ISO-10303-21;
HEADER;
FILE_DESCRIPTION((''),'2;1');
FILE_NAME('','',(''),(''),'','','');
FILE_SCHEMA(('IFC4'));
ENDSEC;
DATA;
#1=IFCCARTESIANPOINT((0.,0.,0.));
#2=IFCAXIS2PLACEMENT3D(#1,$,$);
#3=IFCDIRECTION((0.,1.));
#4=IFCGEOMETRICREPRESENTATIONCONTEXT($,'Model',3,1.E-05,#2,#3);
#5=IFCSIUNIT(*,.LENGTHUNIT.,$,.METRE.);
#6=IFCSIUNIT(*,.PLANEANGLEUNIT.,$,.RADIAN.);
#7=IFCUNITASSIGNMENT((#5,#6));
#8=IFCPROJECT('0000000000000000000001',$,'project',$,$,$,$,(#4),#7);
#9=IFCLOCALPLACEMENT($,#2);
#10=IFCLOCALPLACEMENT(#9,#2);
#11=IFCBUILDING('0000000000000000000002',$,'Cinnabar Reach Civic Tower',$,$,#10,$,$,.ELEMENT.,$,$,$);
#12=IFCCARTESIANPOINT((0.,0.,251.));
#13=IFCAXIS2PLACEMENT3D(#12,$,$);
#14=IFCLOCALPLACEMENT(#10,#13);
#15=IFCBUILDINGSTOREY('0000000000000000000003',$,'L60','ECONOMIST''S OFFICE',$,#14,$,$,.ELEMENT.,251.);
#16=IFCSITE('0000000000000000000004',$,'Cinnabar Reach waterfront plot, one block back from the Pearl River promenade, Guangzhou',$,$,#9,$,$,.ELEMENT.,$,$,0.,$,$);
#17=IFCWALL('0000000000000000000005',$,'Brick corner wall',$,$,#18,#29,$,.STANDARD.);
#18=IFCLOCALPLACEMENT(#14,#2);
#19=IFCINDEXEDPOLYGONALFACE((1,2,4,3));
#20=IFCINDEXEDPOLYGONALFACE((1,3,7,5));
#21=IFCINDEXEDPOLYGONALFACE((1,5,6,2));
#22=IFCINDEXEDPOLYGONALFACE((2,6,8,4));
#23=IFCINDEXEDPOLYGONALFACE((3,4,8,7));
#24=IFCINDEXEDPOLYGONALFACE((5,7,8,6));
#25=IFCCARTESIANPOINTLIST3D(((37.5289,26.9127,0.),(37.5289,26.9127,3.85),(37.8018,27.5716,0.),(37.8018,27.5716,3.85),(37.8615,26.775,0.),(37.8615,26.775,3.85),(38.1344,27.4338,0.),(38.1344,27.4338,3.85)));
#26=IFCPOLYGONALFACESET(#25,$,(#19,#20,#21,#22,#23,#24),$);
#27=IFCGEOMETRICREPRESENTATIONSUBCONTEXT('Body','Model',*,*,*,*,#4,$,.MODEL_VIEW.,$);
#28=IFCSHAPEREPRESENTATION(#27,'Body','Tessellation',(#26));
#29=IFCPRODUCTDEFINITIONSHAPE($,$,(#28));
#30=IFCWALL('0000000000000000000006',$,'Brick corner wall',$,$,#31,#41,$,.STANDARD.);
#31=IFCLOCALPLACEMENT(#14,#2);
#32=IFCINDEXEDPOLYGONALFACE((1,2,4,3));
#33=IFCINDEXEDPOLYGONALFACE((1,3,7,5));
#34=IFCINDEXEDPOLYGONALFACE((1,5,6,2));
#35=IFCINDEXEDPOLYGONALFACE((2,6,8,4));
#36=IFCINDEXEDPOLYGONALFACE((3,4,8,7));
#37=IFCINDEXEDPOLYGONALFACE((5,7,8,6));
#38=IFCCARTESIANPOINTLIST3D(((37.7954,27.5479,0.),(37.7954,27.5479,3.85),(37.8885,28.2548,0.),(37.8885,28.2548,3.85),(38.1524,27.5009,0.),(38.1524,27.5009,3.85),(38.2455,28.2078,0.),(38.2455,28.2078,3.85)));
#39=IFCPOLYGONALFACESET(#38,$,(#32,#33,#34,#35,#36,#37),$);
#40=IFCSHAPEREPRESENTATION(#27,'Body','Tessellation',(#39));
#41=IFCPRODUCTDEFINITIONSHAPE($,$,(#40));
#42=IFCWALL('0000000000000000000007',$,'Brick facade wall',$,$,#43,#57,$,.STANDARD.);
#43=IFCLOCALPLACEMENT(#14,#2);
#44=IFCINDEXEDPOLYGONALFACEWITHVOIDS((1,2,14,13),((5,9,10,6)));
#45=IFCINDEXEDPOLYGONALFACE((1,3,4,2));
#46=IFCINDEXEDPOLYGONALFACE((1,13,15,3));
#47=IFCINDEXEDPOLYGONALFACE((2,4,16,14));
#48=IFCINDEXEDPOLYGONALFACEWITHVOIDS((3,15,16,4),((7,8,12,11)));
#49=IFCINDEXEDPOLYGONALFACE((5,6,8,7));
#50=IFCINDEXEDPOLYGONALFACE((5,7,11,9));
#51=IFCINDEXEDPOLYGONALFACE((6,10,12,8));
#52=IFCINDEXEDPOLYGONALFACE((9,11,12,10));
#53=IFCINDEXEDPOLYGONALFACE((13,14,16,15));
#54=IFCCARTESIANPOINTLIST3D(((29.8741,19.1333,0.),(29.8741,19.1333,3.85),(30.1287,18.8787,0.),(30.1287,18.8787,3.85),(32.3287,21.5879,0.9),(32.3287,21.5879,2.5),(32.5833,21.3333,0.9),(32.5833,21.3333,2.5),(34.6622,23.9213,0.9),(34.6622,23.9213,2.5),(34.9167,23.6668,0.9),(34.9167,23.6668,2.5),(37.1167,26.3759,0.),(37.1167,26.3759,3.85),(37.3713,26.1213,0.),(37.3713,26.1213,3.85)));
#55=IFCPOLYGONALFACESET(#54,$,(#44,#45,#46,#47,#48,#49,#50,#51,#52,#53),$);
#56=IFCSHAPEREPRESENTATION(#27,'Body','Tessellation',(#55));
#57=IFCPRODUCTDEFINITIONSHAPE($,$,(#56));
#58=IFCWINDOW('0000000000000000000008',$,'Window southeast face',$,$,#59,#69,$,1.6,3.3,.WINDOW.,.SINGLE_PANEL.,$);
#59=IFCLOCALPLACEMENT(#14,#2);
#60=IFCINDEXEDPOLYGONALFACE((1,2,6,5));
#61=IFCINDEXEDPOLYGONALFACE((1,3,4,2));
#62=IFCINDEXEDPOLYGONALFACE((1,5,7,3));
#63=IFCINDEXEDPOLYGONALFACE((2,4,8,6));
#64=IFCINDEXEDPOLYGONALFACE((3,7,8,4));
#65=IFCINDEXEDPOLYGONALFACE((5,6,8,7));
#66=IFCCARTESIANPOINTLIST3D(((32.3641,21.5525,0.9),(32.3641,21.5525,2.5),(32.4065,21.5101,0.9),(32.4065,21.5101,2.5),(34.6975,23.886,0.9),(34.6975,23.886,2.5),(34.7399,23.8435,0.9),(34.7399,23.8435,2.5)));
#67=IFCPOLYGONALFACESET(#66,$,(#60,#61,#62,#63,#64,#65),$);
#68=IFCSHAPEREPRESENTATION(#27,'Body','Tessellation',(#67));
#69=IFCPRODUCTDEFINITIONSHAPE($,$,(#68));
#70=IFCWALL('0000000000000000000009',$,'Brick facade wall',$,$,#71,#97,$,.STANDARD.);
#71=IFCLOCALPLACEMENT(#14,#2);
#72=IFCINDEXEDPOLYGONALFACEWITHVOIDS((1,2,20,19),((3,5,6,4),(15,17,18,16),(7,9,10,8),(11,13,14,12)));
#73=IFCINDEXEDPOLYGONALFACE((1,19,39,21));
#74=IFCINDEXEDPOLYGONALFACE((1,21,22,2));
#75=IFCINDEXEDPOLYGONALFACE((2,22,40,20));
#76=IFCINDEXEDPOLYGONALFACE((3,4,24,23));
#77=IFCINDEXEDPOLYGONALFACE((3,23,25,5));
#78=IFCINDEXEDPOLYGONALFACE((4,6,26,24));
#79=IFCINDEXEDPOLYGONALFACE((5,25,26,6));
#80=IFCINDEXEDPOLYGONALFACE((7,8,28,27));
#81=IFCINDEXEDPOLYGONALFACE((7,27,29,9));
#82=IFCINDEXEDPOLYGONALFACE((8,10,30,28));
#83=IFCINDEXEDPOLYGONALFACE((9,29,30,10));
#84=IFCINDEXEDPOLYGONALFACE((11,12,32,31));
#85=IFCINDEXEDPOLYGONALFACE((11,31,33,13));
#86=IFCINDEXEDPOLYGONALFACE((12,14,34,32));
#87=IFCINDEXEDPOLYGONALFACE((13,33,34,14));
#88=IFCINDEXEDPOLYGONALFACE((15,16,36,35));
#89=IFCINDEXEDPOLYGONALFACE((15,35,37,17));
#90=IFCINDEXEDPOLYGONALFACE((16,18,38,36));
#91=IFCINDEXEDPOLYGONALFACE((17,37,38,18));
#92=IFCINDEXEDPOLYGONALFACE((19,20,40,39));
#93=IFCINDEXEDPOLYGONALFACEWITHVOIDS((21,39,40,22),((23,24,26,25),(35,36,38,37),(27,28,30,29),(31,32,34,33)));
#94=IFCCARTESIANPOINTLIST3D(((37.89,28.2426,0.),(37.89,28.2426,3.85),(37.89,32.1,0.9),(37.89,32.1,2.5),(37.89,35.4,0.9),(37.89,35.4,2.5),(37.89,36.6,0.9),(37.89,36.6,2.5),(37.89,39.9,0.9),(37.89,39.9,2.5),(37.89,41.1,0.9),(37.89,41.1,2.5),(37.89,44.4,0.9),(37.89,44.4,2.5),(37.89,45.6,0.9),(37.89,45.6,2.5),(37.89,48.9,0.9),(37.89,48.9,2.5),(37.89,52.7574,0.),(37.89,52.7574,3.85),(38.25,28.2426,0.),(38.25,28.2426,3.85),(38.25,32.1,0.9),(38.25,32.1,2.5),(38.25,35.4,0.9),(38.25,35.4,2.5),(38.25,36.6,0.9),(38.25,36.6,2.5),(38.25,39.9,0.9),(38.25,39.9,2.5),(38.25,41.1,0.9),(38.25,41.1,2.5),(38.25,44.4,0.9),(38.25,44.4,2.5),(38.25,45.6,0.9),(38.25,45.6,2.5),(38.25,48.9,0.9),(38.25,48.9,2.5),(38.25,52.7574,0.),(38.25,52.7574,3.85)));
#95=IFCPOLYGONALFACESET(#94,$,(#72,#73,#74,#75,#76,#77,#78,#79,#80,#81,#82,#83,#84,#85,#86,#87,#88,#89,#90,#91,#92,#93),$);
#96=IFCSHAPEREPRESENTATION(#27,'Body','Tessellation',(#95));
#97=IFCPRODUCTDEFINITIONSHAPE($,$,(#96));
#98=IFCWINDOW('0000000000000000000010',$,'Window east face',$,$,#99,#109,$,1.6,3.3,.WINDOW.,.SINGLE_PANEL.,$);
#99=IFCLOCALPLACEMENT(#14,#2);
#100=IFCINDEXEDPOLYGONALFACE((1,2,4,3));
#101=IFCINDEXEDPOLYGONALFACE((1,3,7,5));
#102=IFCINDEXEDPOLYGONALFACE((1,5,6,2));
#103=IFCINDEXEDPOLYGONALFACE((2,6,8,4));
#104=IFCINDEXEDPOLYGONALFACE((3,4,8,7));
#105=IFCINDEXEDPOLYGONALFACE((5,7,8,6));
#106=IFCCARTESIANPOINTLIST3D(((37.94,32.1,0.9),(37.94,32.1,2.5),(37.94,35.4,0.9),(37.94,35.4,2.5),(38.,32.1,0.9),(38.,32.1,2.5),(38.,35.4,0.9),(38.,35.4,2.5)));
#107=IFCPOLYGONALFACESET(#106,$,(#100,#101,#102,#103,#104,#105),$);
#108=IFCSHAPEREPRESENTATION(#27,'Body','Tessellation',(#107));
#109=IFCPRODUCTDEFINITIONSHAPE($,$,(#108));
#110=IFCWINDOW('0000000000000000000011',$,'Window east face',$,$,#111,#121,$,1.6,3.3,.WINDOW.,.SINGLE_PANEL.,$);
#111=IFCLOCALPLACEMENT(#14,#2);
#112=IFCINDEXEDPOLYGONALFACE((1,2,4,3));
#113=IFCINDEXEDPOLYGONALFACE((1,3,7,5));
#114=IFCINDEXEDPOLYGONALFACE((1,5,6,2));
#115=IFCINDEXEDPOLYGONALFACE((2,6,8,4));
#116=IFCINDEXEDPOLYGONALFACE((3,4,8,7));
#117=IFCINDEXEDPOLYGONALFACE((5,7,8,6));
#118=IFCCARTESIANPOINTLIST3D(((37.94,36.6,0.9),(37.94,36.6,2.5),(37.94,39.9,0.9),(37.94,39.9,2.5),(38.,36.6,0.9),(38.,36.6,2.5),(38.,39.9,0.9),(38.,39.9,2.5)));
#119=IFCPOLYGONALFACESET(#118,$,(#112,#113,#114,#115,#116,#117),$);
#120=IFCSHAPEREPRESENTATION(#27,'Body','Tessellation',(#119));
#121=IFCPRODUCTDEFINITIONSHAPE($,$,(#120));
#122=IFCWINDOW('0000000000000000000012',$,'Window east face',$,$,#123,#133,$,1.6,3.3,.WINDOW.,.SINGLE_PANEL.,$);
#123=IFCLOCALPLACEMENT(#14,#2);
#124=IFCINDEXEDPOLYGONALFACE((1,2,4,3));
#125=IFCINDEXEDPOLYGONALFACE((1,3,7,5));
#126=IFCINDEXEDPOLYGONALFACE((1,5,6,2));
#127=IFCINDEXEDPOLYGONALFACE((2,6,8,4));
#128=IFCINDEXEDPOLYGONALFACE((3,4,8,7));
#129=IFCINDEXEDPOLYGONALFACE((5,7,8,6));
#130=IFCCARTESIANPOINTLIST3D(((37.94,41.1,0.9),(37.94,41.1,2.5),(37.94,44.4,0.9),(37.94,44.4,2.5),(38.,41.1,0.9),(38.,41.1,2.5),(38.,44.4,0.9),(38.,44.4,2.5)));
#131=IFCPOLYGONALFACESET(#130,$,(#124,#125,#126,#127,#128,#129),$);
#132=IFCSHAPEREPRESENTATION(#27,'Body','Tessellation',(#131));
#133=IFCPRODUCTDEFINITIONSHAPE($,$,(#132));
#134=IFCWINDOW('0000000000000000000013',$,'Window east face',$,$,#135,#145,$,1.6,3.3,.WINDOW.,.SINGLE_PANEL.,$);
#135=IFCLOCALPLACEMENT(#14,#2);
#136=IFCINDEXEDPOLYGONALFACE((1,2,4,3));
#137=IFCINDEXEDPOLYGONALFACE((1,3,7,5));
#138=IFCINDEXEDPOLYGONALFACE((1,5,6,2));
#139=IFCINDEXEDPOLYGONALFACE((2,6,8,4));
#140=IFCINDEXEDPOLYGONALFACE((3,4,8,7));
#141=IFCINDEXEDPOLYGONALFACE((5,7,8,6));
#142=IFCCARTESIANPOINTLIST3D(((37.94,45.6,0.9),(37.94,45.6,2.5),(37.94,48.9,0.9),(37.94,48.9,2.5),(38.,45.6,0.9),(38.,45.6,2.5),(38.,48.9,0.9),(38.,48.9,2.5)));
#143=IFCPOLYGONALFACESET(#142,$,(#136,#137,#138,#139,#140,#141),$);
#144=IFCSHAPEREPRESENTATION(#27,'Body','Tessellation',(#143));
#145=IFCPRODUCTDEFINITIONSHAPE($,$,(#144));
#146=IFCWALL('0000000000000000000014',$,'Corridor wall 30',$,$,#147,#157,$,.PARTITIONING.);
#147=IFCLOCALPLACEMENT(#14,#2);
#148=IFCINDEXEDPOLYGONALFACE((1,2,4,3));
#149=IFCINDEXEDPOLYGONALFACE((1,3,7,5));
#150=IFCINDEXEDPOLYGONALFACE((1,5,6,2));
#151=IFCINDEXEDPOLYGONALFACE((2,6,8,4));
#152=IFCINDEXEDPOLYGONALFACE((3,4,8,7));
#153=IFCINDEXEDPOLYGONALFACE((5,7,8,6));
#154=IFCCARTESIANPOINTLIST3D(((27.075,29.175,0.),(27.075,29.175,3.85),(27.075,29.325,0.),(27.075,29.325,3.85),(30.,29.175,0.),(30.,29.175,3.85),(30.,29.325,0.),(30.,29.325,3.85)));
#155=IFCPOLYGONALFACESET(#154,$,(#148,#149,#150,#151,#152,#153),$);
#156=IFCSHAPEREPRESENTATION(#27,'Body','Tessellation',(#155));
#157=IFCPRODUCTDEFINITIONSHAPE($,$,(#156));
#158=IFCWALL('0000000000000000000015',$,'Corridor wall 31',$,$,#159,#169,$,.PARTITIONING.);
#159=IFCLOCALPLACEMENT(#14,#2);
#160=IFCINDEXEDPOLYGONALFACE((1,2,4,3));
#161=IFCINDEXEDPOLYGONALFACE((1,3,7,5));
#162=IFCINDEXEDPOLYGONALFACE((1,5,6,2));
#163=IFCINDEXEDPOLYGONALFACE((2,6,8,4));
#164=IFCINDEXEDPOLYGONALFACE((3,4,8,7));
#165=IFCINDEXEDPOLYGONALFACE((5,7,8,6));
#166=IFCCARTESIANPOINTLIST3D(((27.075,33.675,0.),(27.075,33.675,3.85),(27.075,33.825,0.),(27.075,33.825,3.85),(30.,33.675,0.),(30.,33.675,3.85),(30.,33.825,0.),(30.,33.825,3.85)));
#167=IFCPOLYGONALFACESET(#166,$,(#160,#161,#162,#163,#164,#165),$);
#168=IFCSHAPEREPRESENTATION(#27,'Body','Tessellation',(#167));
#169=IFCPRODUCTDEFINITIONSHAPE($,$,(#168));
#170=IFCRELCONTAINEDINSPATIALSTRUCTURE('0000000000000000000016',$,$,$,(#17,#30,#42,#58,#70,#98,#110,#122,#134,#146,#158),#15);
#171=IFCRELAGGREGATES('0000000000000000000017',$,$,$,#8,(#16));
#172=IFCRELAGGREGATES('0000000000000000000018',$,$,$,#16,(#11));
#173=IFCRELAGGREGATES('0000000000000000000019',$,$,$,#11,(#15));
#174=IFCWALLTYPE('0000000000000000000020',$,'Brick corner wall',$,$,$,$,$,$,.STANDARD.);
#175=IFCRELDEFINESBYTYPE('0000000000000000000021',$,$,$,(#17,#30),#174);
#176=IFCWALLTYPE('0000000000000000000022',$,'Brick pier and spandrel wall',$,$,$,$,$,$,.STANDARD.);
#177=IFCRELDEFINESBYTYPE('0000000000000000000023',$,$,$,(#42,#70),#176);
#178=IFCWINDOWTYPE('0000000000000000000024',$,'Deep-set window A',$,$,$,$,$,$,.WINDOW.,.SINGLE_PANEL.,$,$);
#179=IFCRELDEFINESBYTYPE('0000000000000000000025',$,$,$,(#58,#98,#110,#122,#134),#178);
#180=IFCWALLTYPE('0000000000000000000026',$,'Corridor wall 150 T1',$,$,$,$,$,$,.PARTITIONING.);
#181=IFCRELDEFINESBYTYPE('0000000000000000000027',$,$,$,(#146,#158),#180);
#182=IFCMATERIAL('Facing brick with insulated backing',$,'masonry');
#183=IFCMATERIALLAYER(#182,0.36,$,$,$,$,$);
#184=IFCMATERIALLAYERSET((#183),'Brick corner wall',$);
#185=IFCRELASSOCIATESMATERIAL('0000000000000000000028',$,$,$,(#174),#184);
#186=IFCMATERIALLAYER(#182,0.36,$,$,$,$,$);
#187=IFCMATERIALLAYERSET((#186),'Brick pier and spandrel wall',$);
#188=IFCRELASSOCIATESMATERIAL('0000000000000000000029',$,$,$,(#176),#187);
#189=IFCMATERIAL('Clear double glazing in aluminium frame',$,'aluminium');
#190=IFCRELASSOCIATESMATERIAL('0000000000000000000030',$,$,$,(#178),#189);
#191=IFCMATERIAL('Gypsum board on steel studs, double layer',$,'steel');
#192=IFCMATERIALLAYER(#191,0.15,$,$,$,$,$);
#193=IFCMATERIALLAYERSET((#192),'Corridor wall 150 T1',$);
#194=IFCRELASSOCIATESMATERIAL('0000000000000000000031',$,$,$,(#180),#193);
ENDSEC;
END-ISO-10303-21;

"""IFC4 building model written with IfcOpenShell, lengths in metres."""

from ifc_helpers import new_model, si_unit, direction, frame, frame_2d, origin, place, context, subcontext, project, spatial, rectangle, extrude, material, layer, layer_set, type_object, element, fill, save


model = new_model("IFC4")

# Units and contexts
model_context = context("Model", 3, precision=1e-05, world=origin(), true_north=direction((0.0, 1.0)))
body_context = subcontext(model_context, "Body", "Model", "MODEL_VIEW")
ifc_project = project(units=[si_unit("LENGTHUNIT", "METRE"), si_unit("PLANEANGLEUNIT", "RADIAN")], contexts=[model_context])

# Site, building, storey
site_placement = place(None, origin())
site = spatial("IfcSite", under=ifc_project, at=site_placement, Name="Cinnabar Reach waterfront plot, one block back from the Pearl River promenade, Guangzhou", CompositionType="ELEMENT", RefElevation=0.0)
building_placement = place(site_placement, origin())
building = spatial("IfcBuilding", under=site, at=building_placement, Name="Cinnabar Reach Civic Tower", CompositionType="ELEMENT")
storey_placement = place(building_placement, frame((0.0, 0.0, 251.0)))
storey = spatial("IfcBuildingStorey", under=building, at=storey_placement, Name="L60", Description="ECONOMIST'S OFFICE", CompositionType="ELEMENT", Elevation=251.0)

# Walls
ifc_material_1 = material(Name="Facing brick with insulated backing", Category="masonry")
ifc_layer_1 = layer(ifc_material_1, 0.36)
ifc_layer_set_1 = layer_set([ifc_layer_1], Name="Brick corner wall")
wall_type_1 = type_object("IfcWallType", Name="Brick corner wall", PredefinedType="STANDARD", material=ifc_layer_set_1)
for number, where, z_axis, x_axis, name in (
    (1, (37.6952, 26.8439, 0.0), (0.0, 0.0, 1.0), (0.382703, 0.923872, 0.0), "Brick corner wall"),
    (2, (37.9739, 27.5244, 0.0), (0.0, 0.0, 1.0), (0.130556, 0.991441, 0.0), "Brick corner wall"),
):
    element("IfcWall", number, at=place(storey_placement, frame(where, z_axis=z_axis, x_axis=x_axis)), inside=storey, type_object=wall_type_1, Name=name, PredefinedType="STANDARD", context=body_context, shape_type="SweptSolid", body=[
        extrude(rectangle(XDim=0.7131, YDim=0.36, at=frame_2d((0.3565, 0.0))), origin(), (0.0, 0.0, 1.0), 3.85),
    ])

# Wall, opening, window
ifc_layer_2 = layer(ifc_material_1, 0.36)
ifc_layer_set_2 = layer_set([ifc_layer_2], Name="Brick pier and spandrel wall")
wall_type_2 = type_object("IfcWallType", Name="Brick pier and spandrel wall", PredefinedType="STANDARD", material=ifc_layer_set_2)
wall_1_placement = place(storey_placement, frame((30.0014, 19.006, 0.0), z_axis=(0.0, 0.0, 1.0), x_axis=(0.707107, 0.707107, 0.0)))
wall_1 = element("IfcWall", 3, at=wall_1_placement, inside=storey, type_object=wall_type_2, Name="Brick facade wall", PredefinedType="STANDARD", context=body_context, shape_type="SweptSolid", body=[
    extrude(rectangle(XDim=10.2426, YDim=0.36, at=frame_2d((5.1213, 0.0))), origin(), (0.0, 0.0, 1.0), 3.85),
])
opening_1_placement = place(wall_1_placement, frame((3.4713, 0.0, 0.9)))
opening_1 = element("IfcOpeningElement", 4, at=opening_1_placement, cuts=wall_1, PredefinedType="OPENING", context=body_context, shape_type="SweptSolid", body=[
    extrude(rectangle(XDim=3.3, YDim=1.6, at=frame_2d((1.65, 0.8))), frame((0.0, 0.19, 0.0), z_axis=(0.0, -1.0, 0.0), x_axis=(1.0, 0.0, 0.0)), (0.0, 0.0, 1.0), 0.38),
])
ifc_material_2 = material(Name="Clear double glazing in aluminium frame", Category="aluminium")
window_type = type_object("IfcWindowType", Name="Deep-set window A", PartitioningType="SINGLE_PANEL", PredefinedType="WINDOW", material=ifc_material_2)
window_1_placement = place(opening_1_placement, origin())
window_1 = element("IfcWindow", 5, at=window_1_placement, inside=storey, type_object=window_type, Name="Window southeast face", OverallHeight=1.6, OverallWidth=3.3, PartitioningType="SINGLE_PANEL", PredefinedType="WINDOW", context=body_context, shape_type="SweptSolid", body=[
    extrude(rectangle(XDim=3.3, YDim=1.6, at=frame_2d((1.65, 0.8))), frame((0.0, 0.13, 0.0), z_axis=(0.0, -1.0, 0.0), x_axis=(1.0, 0.0, 0.0)), (0.0, 0.0, 1.0), 0.06),
])
fill(opening_1, window_1)

# Wall, openings, windows
wall_2_placement = place(storey_placement, frame((38.07, 28.2426, 0.0), z_axis=(0.0, 0.0, 1.0), x_axis=(0.0, 1.0, 0.0)))
wall_2 = element("IfcWall", 6, at=wall_2_placement, inside=storey, type_object=wall_type_2, Name="Brick facade wall", PredefinedType="STANDARD", context=body_context, shape_type="SweptSolid", body=[
    extrude(rectangle(XDim=24.5148, YDim=0.36, at=frame_2d((12.2574, 0.0))), origin(), (0.0, 0.0, 1.0), 3.85),
])
opening_2_placement = place(wall_2_placement, frame((3.8574, 0.0, 0.9)))
opening_2 = element("IfcOpeningElement", 7, at=opening_2_placement, cuts=wall_2, PredefinedType="OPENING", context=body_context, shape_type="SweptSolid", body=[
    extrude(rectangle(XDim=3.3, YDim=1.6, at=frame_2d((1.65, 0.8))), frame((0.0, 0.19, 0.0), z_axis=(0.0, -1.0, 0.0), x_axis=(1.0, 0.0, 0.0)), (0.0, 0.0, 1.0), 0.38),
])
opening_3_placement = place(wall_2_placement, frame((8.3574, 0.0, 0.9)))
opening_3 = element("IfcOpeningElement", 8, at=opening_3_placement, cuts=wall_2, PredefinedType="OPENING", context=body_context, shape_type="SweptSolid", body=[
    extrude(rectangle(XDim=3.3, YDim=1.6, at=frame_2d((1.65, 0.8))), frame((0.0, 0.19, 0.0), z_axis=(0.0, -1.0, 0.0), x_axis=(1.0, 0.0, 0.0)), (0.0, 0.0, 1.0), 0.38),
])
opening_4_placement = place(wall_2_placement, frame((12.8574, 0.0, 0.9)))
opening_4 = element("IfcOpeningElement", 9, at=opening_4_placement, cuts=wall_2, PredefinedType="OPENING", context=body_context, shape_type="SweptSolid", body=[
    extrude(rectangle(XDim=3.3, YDim=1.6, at=frame_2d((1.65, 0.8))), frame((0.0, 0.19, 0.0), z_axis=(0.0, -1.0, 0.0), x_axis=(1.0, 0.0, 0.0)), (0.0, 0.0, 1.0), 0.38),
])
opening_5_placement = place(wall_2_placement, frame((17.3574, 0.0, 0.9)))
opening_5 = element("IfcOpeningElement", 10, at=opening_5_placement, cuts=wall_2, PredefinedType="OPENING", context=body_context, shape_type="SweptSolid", body=[
    extrude(rectangle(XDim=3.3, YDim=1.6, at=frame_2d((1.65, 0.8))), frame((0.0, 0.19, 0.0), z_axis=(0.0, -1.0, 0.0), x_axis=(1.0, 0.0, 0.0)), (0.0, 0.0, 1.0), 0.38),
])
window_2_placement = place(opening_2_placement, origin())
window_2 = element("IfcWindow", 11, at=window_2_placement, inside=storey, type_object=window_type, Name="Window east face", OverallHeight=1.6, OverallWidth=3.3, PartitioningType="SINGLE_PANEL", PredefinedType="WINDOW", context=body_context, shape_type="SweptSolid", body=[
    extrude(rectangle(XDim=3.3, YDim=1.6, at=frame_2d((1.65, 0.8))), frame((0.0, 0.13, 0.0), z_axis=(0.0, -1.0, 0.0), x_axis=(1.0, 0.0, 0.0)), (0.0, 0.0, 1.0), 0.06),
])
fill(opening_2, window_2)
window_3_placement = place(opening_3_placement, origin())
window_3 = element("IfcWindow", 12, at=window_3_placement, inside=storey, type_object=window_type, Name="Window east face", OverallHeight=1.6, OverallWidth=3.3, PartitioningType="SINGLE_PANEL", PredefinedType="WINDOW", context=body_context, shape_type="SweptSolid", body=[
    extrude(rectangle(XDim=3.3, YDim=1.6, at=frame_2d((1.65, 0.8))), frame((0.0, 0.13, 0.0), z_axis=(0.0, -1.0, 0.0), x_axis=(1.0, 0.0, 0.0)), (0.0, 0.0, 1.0), 0.06),
])
fill(opening_3, window_3)
window_4_placement = place(opening_4_placement, origin())
window_4 = element("IfcWindow", 13, at=window_4_placement, inside=storey, type_object=window_type, Name="Window east face", OverallHeight=1.6, OverallWidth=3.3, PartitioningType="SINGLE_PANEL", PredefinedType="WINDOW", context=body_context, shape_type="SweptSolid", body=[
    extrude(rectangle(XDim=3.3, YDim=1.6, at=frame_2d((1.65, 0.8))), frame((0.0, 0.13, 0.0), z_axis=(0.0, -1.0, 0.0), x_axis=(1.0, 0.0, 0.0)), (0.0, 0.0, 1.0), 0.06),
])
fill(opening_4, window_4)
window_5_placement = place(opening_5_placement, origin())
window_5 = element("IfcWindow", 14, at=window_5_placement, inside=storey, type_object=window_type, Name="Window east face", OverallHeight=1.6, OverallWidth=3.3, PartitioningType="SINGLE_PANEL", PredefinedType="WINDOW", context=body_context, shape_type="SweptSolid", body=[
    extrude(rectangle(XDim=3.3, YDim=1.6, at=frame_2d((1.65, 0.8))), frame((0.0, 0.13, 0.0), z_axis=(0.0, -1.0, 0.0), x_axis=(1.0, 0.0, 0.0)), (0.0, 0.0, 1.0), 0.06),
])
fill(opening_5, window_5)

# Walls
ifc_material_3 = material(Name="Gypsum board on steel studs, double layer", Category="steel")
ifc_layer_3 = layer(ifc_material_3, 0.15)
ifc_layer_set_3 = layer_set([ifc_layer_3], Name="Corridor wall 150 T1")
wall_type_3 = type_object("IfcWallType", Name="Corridor wall 150 T1", PredefinedType="PARTITIONING", material=ifc_layer_set_3)
for number, where, z_axis, x_axis, name in (
    (15, (27.075, 29.25, 0.0), (0.0, 0.0, 1.0), (1.0, 0.0, 0.0), "Corridor wall 30"),
    (16, (27.075, 33.75, 0.0), (0.0, 0.0, 1.0), (1.0, 0.0, 0.0), "Corridor wall 31"),
):
    element("IfcWall", number, at=place(storey_placement, frame(where, z_axis=z_axis, x_axis=x_axis)), inside=storey, type_object=wall_type_3, Name=name, PredefinedType="PARTITIONING", context=body_context, shape_type="SweptSolid", body=[
        extrude(rectangle(XDim=2.925, YDim=0.15, at=frame_2d((1.4625, 0.0))), origin(), (0.0, 0.0, 1.0), 3.85),
    ])

save(model, "model.ifc")
